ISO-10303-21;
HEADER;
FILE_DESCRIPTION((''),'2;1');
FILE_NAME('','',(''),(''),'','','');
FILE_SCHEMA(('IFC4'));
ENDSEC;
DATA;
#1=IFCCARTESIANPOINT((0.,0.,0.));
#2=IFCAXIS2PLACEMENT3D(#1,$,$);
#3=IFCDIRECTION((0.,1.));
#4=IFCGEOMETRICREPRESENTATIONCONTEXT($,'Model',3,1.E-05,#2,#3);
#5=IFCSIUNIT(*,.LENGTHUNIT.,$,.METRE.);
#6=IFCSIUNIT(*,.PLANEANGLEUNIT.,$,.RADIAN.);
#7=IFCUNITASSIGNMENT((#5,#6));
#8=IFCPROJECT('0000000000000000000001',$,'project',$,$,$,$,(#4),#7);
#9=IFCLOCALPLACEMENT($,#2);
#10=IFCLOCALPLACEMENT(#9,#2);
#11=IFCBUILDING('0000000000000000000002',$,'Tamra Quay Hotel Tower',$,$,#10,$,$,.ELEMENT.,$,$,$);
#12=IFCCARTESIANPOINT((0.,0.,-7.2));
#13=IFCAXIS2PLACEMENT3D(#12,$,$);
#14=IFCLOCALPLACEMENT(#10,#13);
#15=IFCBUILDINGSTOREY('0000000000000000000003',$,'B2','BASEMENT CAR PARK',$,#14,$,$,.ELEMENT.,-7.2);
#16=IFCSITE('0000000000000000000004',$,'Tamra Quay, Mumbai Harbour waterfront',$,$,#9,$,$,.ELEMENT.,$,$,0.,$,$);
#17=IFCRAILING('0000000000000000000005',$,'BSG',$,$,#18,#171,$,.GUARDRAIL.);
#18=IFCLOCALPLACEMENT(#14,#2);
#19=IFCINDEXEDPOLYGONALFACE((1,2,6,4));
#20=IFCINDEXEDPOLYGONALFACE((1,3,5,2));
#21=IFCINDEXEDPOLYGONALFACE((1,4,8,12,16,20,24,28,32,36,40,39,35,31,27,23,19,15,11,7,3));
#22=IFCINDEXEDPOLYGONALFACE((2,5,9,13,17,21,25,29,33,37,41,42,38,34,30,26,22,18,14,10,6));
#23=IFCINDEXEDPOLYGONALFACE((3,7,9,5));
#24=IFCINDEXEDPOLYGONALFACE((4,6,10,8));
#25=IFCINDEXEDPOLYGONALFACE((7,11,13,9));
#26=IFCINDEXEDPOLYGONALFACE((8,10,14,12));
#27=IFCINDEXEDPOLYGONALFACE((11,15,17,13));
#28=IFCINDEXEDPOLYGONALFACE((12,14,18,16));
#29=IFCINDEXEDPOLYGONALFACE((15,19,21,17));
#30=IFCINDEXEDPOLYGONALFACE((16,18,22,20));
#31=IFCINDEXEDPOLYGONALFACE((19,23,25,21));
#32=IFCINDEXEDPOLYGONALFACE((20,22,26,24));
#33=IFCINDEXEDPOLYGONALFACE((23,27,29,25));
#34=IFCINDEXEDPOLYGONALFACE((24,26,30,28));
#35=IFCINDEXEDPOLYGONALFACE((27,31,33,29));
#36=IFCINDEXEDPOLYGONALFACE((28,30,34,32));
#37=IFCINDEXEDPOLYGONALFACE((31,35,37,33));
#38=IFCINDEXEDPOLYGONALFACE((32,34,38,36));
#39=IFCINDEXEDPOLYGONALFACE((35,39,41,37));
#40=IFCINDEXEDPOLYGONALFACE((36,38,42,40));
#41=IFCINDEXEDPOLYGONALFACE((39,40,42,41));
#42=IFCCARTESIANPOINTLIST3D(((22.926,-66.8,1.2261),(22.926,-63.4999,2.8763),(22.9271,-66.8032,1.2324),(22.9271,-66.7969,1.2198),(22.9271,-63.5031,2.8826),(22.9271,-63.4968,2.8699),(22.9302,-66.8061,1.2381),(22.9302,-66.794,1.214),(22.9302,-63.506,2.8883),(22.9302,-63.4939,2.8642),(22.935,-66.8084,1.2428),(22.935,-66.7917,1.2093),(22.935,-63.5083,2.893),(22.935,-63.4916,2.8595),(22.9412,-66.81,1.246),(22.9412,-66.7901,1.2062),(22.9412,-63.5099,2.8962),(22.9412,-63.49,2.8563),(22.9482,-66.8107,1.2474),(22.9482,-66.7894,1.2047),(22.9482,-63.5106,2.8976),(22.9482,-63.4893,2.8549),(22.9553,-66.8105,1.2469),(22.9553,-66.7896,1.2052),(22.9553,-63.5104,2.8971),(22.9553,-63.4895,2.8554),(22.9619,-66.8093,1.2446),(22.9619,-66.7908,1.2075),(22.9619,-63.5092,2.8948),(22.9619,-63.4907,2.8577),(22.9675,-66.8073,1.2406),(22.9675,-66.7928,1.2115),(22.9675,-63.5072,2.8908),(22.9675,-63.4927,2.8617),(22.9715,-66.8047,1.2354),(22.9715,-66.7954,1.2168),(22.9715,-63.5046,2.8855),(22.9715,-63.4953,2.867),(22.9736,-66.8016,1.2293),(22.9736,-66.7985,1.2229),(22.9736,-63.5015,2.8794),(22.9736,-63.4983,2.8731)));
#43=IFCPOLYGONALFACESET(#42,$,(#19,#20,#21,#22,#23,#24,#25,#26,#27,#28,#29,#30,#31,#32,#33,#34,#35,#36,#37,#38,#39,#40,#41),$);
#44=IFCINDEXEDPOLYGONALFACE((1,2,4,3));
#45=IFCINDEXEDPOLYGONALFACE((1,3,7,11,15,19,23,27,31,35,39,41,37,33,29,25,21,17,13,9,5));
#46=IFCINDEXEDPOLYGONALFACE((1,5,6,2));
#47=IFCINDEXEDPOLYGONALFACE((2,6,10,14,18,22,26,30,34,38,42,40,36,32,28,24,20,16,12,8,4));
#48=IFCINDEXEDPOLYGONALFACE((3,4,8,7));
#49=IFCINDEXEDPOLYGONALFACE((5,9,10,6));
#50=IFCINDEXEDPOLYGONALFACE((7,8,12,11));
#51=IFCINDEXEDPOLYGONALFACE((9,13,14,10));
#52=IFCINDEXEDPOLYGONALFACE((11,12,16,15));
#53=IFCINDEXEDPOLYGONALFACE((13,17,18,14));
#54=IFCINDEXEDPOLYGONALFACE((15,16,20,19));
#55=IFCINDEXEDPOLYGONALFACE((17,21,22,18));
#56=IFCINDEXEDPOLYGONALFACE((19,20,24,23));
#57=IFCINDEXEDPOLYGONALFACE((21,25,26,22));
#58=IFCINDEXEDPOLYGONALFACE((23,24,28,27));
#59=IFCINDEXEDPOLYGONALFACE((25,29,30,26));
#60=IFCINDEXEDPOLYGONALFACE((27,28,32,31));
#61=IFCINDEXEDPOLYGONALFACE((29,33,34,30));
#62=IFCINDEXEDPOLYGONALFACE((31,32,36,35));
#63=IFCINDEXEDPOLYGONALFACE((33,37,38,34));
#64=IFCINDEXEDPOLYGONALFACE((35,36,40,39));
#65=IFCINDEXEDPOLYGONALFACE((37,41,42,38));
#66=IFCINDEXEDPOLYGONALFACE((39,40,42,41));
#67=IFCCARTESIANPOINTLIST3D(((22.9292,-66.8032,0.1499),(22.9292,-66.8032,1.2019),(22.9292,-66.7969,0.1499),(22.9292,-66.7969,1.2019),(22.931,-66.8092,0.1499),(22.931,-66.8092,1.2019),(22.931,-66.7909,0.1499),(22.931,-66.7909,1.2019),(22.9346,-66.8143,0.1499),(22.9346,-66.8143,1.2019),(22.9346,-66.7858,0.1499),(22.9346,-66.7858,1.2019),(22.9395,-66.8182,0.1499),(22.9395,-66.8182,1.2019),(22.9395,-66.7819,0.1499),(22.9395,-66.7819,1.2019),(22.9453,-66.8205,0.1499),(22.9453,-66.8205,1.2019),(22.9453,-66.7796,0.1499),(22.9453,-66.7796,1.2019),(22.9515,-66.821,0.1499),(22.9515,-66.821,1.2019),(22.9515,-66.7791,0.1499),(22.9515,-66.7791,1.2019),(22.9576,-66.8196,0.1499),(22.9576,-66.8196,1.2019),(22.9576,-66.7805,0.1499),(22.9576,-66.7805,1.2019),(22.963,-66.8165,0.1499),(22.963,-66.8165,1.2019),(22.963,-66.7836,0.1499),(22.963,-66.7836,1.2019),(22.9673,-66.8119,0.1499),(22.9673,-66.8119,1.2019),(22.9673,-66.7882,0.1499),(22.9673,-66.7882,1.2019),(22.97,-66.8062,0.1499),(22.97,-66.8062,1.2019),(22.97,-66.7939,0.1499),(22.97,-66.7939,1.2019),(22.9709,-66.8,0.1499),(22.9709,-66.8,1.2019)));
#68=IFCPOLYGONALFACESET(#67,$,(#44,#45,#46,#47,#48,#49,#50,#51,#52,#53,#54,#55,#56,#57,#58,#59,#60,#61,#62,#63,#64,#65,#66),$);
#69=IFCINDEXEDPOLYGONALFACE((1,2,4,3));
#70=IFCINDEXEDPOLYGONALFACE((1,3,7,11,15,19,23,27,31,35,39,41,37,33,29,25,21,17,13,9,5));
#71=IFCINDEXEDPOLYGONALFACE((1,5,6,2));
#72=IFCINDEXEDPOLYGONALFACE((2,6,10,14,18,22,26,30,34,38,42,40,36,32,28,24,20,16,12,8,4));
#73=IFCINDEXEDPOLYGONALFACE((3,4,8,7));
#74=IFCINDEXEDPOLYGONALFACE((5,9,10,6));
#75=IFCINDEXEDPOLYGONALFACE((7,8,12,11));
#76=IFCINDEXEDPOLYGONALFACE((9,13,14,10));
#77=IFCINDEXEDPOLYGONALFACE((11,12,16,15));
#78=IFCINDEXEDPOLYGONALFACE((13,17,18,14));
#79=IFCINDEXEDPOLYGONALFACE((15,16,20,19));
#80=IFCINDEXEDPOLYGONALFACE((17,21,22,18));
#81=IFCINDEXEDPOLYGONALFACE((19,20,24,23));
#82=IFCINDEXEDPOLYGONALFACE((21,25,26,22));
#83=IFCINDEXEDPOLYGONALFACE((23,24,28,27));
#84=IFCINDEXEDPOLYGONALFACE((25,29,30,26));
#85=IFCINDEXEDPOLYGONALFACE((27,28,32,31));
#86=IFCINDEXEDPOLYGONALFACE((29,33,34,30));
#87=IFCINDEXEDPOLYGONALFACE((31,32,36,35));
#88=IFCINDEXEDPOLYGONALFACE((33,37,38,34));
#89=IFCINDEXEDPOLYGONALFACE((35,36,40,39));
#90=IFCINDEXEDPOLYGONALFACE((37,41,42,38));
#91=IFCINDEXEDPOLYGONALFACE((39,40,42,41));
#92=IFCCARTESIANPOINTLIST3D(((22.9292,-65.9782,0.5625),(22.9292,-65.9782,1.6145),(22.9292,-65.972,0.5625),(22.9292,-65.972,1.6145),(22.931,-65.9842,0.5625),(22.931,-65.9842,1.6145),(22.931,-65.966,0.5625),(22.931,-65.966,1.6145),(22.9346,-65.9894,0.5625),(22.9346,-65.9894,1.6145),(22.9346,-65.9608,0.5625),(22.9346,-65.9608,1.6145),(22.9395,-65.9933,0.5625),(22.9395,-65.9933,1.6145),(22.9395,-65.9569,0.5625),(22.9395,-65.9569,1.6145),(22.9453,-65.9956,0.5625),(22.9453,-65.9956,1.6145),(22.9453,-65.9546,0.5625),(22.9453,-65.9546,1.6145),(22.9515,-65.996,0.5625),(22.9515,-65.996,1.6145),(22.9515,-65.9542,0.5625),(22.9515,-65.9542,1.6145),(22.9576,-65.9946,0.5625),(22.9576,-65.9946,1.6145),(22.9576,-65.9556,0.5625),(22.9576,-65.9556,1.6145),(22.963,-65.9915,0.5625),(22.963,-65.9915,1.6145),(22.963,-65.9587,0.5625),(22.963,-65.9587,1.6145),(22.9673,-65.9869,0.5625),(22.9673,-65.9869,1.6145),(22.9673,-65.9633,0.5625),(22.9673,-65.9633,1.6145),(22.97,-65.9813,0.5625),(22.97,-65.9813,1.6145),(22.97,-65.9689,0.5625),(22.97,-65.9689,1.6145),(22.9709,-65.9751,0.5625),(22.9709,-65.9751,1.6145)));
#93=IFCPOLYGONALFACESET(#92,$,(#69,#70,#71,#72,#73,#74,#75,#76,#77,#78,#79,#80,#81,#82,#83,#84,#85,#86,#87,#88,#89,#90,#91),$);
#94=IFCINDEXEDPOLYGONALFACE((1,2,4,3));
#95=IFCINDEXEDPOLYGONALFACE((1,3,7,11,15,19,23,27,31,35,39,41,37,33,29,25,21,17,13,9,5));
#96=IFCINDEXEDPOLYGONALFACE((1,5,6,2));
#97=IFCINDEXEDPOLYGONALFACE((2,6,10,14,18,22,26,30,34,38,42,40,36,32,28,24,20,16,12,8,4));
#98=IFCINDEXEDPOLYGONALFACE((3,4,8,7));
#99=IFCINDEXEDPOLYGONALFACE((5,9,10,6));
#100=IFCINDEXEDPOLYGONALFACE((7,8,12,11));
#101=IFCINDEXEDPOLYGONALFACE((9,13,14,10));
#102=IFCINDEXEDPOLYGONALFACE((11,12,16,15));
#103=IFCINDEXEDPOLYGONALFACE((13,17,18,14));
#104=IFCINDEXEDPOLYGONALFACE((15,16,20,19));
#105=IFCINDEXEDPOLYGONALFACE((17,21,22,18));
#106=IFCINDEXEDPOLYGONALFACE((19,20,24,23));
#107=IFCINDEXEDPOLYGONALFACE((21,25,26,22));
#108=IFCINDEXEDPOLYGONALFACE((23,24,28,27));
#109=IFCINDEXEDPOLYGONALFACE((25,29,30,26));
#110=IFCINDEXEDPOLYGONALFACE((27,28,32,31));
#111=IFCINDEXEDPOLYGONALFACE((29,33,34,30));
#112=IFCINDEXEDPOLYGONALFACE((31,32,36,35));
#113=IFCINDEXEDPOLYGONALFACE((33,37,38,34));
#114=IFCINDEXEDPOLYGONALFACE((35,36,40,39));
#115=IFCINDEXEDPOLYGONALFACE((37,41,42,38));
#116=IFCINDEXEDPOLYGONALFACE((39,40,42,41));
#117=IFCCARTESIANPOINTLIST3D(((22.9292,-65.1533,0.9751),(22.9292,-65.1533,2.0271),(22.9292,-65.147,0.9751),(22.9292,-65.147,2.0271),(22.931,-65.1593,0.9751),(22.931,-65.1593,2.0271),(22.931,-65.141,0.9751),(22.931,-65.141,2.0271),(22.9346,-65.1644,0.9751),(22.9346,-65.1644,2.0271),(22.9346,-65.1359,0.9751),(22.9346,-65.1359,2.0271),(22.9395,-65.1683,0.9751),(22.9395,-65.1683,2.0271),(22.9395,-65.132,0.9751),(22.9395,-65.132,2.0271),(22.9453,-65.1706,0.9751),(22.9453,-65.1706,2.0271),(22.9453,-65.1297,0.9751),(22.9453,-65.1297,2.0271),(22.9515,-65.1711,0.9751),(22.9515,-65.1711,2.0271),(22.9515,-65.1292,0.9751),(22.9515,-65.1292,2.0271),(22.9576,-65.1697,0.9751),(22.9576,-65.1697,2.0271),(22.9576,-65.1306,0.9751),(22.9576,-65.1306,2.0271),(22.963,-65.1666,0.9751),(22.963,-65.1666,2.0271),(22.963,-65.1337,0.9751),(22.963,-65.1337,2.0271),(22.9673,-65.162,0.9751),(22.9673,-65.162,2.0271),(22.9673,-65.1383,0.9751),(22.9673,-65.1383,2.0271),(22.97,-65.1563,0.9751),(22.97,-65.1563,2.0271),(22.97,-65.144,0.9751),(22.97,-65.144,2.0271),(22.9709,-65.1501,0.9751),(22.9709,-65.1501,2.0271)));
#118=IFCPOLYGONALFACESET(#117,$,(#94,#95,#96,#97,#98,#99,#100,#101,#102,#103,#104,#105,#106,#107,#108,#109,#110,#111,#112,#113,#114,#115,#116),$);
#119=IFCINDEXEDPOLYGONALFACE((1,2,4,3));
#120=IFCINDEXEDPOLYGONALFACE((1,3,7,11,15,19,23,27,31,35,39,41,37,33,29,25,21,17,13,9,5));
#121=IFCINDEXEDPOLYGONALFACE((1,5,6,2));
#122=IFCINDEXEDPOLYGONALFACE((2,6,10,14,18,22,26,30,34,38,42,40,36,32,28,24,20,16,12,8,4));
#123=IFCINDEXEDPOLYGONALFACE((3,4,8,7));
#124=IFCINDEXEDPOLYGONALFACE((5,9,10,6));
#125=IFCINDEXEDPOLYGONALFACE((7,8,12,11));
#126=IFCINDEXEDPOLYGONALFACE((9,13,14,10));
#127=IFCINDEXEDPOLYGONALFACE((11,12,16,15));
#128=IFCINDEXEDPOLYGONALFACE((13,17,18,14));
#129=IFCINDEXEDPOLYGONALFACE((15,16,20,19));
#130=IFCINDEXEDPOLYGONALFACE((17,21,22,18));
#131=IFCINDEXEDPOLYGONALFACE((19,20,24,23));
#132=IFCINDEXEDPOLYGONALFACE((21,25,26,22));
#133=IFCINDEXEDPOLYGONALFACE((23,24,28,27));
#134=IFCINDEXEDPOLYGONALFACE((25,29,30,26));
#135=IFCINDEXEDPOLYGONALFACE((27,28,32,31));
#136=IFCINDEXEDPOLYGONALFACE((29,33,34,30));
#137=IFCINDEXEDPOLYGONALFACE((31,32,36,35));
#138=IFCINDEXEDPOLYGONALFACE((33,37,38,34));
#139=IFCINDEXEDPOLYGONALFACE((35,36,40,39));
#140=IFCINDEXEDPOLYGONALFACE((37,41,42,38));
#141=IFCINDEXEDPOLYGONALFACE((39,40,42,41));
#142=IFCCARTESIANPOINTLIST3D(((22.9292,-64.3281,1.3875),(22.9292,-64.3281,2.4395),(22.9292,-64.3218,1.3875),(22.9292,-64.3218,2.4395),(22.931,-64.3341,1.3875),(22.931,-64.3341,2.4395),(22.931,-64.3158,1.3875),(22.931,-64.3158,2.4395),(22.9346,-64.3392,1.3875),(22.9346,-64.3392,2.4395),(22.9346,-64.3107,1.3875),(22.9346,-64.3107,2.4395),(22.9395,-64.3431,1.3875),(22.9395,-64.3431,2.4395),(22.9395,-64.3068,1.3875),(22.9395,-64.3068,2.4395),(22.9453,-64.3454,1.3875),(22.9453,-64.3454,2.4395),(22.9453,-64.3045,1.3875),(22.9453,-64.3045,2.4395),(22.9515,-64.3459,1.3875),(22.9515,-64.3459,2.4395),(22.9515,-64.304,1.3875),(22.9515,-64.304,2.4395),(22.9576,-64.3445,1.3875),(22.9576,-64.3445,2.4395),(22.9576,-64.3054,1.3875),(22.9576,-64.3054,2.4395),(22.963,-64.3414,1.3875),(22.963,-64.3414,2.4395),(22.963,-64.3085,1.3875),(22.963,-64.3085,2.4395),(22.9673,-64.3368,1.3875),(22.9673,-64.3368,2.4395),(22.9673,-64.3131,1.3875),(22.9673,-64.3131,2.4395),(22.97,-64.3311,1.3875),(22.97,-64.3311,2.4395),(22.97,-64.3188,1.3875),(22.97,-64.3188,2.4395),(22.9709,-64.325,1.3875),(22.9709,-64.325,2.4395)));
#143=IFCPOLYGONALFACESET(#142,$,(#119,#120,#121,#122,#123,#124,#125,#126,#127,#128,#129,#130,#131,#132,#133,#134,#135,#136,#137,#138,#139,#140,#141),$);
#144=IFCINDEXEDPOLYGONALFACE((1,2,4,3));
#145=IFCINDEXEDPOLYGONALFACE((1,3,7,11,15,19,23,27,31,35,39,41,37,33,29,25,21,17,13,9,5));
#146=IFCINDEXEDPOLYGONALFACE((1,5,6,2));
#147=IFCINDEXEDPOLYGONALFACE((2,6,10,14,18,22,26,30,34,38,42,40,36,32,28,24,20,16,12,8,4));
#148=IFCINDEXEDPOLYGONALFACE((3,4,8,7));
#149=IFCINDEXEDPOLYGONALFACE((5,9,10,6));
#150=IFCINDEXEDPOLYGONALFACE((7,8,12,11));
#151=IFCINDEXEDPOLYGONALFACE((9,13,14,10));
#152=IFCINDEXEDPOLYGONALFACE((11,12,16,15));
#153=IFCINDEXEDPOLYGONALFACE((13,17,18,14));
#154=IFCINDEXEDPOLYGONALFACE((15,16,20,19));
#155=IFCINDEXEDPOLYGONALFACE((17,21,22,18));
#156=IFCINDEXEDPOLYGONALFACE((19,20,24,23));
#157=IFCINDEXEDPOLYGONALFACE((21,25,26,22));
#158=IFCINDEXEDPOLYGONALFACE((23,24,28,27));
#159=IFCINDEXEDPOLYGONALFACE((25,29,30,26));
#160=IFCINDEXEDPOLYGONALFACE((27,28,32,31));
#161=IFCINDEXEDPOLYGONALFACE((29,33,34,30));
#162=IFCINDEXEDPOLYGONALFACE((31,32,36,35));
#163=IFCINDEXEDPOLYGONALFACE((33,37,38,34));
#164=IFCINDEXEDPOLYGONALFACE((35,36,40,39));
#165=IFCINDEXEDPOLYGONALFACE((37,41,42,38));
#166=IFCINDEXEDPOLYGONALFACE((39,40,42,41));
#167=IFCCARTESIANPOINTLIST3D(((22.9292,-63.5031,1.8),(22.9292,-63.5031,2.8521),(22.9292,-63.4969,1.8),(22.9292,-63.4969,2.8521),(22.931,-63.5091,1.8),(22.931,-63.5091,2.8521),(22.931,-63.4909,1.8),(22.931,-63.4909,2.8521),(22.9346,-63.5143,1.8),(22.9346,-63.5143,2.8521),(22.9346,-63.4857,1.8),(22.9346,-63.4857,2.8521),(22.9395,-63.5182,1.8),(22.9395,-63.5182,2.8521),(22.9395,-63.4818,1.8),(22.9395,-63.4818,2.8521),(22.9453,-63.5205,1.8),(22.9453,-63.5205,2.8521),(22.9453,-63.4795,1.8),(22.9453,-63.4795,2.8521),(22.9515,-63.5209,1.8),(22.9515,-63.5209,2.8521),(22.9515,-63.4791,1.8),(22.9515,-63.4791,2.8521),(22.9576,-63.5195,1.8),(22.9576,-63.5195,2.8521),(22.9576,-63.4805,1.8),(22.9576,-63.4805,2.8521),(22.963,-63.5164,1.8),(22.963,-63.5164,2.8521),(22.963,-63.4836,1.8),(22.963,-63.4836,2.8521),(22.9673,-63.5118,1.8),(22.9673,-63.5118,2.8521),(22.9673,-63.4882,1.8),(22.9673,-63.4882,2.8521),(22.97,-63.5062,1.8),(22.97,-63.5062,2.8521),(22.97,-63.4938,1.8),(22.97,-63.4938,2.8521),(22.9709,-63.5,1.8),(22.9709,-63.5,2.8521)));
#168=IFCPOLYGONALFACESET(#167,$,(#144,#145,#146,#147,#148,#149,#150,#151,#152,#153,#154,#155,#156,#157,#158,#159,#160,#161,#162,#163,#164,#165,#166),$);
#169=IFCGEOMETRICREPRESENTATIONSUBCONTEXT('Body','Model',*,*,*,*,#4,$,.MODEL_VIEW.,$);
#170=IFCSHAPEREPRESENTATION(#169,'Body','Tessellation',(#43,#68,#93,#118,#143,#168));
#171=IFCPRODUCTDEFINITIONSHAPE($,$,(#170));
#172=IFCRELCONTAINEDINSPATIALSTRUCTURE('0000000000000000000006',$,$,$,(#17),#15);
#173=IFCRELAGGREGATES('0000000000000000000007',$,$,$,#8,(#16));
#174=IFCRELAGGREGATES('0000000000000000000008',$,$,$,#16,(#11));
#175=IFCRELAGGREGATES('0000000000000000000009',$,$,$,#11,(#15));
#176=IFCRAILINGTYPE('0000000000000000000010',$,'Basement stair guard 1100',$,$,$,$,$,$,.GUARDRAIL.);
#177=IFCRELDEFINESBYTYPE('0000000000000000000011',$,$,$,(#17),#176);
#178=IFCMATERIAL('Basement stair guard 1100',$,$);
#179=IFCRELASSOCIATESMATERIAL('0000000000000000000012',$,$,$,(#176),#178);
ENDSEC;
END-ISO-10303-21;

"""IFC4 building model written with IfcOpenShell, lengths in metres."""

from ifc_helpers import new_model, si_unit, direction, frame, origin, origin_2d, place, context, subcontext, project, spatial, circle, extrude, material, type_object, element, save


model = new_model("IFC4")

# Units and contexts
model_context = context("Model", 3, precision=1e-05, world=origin(), true_north=direction((0.0, 1.0)))
body_context = subcontext(model_context, "Body", "Model", "MODEL_VIEW")
ifc_project = project(units=[si_unit("LENGTHUNIT", "METRE"), si_unit("PLANEANGLEUNIT", "RADIAN")], contexts=[model_context])

# Site, building, storey
site_placement = place(None, origin())
site = spatial("IfcSite", under=ifc_project, at=site_placement, Name="Tamra Quay, Mumbai Harbour waterfront", CompositionType="ELEMENT", RefElevation=0.0)
building_placement = place(site_placement, origin())
building = spatial("IfcBuilding", under=site, at=building_placement, Name="Tamra Quay Hotel Tower", CompositionType="ELEMENT")
storey_placement = place(building_placement, frame((0.0, 0.0, -7.2)))
storey = spatial("IfcBuildingStorey", under=building, at=storey_placement, Name="B2", Description="BASEMENT CAR PARK", CompositionType="ELEMENT", Elevation=-7.2)

# Railing
ifc_material_1 = material(Name="Basement stair guard 1100")
railing_type_1 = type_object("IfcRailingType", Name="Basement stair guard 1100", PredefinedType="GUARDRAIL", material=ifc_material_1)
railing_1_placement = place(storey_placement, frame((22.95, -66.8, 0.1499)))
element("IfcRailing", 1, at=railing_1_placement, inside=storey, type_object=railing_type_1, Name="BSG", PredefinedType="GUARDRAIL", context=body_context, shape_type="SweptSolid", body=[
    extrude(circle(Radius=0.0239, at=origin_2d()), frame((0.0, 0.0, 1.0762), z_axis=(0.0, 0.894414, 0.44724), x_axis=(-1.0, 0.0, 0.0)), (0.0, 0.0, 1.0), 3.6897),
    extrude(circle(Radius=0.021, at=origin_2d()), origin(), (0.0, 0.0, 1.0), 1.052),
    extrude(circle(Radius=0.021, at=origin_2d()), frame((0.0, 0.825, 0.4126)), (0.0, 0.0, 1.0), 1.052),
    extrude(circle(Radius=0.021, at=origin_2d()), frame((0.0, 1.6499, 0.8252)), (0.0, 0.0, 1.0), 1.052),
    extrude(circle(Radius=0.021, at=origin_2d()), frame((0.0, 2.4751, 1.2375)), (0.0, 0.0, 1.0), 1.052),
    extrude(circle(Radius=0.021, at=origin_2d()), frame((0.0, 3.3, 1.6501)), (0.0, 0.0, 1.0), 1.052),
])

save(model, "model.ifc")
